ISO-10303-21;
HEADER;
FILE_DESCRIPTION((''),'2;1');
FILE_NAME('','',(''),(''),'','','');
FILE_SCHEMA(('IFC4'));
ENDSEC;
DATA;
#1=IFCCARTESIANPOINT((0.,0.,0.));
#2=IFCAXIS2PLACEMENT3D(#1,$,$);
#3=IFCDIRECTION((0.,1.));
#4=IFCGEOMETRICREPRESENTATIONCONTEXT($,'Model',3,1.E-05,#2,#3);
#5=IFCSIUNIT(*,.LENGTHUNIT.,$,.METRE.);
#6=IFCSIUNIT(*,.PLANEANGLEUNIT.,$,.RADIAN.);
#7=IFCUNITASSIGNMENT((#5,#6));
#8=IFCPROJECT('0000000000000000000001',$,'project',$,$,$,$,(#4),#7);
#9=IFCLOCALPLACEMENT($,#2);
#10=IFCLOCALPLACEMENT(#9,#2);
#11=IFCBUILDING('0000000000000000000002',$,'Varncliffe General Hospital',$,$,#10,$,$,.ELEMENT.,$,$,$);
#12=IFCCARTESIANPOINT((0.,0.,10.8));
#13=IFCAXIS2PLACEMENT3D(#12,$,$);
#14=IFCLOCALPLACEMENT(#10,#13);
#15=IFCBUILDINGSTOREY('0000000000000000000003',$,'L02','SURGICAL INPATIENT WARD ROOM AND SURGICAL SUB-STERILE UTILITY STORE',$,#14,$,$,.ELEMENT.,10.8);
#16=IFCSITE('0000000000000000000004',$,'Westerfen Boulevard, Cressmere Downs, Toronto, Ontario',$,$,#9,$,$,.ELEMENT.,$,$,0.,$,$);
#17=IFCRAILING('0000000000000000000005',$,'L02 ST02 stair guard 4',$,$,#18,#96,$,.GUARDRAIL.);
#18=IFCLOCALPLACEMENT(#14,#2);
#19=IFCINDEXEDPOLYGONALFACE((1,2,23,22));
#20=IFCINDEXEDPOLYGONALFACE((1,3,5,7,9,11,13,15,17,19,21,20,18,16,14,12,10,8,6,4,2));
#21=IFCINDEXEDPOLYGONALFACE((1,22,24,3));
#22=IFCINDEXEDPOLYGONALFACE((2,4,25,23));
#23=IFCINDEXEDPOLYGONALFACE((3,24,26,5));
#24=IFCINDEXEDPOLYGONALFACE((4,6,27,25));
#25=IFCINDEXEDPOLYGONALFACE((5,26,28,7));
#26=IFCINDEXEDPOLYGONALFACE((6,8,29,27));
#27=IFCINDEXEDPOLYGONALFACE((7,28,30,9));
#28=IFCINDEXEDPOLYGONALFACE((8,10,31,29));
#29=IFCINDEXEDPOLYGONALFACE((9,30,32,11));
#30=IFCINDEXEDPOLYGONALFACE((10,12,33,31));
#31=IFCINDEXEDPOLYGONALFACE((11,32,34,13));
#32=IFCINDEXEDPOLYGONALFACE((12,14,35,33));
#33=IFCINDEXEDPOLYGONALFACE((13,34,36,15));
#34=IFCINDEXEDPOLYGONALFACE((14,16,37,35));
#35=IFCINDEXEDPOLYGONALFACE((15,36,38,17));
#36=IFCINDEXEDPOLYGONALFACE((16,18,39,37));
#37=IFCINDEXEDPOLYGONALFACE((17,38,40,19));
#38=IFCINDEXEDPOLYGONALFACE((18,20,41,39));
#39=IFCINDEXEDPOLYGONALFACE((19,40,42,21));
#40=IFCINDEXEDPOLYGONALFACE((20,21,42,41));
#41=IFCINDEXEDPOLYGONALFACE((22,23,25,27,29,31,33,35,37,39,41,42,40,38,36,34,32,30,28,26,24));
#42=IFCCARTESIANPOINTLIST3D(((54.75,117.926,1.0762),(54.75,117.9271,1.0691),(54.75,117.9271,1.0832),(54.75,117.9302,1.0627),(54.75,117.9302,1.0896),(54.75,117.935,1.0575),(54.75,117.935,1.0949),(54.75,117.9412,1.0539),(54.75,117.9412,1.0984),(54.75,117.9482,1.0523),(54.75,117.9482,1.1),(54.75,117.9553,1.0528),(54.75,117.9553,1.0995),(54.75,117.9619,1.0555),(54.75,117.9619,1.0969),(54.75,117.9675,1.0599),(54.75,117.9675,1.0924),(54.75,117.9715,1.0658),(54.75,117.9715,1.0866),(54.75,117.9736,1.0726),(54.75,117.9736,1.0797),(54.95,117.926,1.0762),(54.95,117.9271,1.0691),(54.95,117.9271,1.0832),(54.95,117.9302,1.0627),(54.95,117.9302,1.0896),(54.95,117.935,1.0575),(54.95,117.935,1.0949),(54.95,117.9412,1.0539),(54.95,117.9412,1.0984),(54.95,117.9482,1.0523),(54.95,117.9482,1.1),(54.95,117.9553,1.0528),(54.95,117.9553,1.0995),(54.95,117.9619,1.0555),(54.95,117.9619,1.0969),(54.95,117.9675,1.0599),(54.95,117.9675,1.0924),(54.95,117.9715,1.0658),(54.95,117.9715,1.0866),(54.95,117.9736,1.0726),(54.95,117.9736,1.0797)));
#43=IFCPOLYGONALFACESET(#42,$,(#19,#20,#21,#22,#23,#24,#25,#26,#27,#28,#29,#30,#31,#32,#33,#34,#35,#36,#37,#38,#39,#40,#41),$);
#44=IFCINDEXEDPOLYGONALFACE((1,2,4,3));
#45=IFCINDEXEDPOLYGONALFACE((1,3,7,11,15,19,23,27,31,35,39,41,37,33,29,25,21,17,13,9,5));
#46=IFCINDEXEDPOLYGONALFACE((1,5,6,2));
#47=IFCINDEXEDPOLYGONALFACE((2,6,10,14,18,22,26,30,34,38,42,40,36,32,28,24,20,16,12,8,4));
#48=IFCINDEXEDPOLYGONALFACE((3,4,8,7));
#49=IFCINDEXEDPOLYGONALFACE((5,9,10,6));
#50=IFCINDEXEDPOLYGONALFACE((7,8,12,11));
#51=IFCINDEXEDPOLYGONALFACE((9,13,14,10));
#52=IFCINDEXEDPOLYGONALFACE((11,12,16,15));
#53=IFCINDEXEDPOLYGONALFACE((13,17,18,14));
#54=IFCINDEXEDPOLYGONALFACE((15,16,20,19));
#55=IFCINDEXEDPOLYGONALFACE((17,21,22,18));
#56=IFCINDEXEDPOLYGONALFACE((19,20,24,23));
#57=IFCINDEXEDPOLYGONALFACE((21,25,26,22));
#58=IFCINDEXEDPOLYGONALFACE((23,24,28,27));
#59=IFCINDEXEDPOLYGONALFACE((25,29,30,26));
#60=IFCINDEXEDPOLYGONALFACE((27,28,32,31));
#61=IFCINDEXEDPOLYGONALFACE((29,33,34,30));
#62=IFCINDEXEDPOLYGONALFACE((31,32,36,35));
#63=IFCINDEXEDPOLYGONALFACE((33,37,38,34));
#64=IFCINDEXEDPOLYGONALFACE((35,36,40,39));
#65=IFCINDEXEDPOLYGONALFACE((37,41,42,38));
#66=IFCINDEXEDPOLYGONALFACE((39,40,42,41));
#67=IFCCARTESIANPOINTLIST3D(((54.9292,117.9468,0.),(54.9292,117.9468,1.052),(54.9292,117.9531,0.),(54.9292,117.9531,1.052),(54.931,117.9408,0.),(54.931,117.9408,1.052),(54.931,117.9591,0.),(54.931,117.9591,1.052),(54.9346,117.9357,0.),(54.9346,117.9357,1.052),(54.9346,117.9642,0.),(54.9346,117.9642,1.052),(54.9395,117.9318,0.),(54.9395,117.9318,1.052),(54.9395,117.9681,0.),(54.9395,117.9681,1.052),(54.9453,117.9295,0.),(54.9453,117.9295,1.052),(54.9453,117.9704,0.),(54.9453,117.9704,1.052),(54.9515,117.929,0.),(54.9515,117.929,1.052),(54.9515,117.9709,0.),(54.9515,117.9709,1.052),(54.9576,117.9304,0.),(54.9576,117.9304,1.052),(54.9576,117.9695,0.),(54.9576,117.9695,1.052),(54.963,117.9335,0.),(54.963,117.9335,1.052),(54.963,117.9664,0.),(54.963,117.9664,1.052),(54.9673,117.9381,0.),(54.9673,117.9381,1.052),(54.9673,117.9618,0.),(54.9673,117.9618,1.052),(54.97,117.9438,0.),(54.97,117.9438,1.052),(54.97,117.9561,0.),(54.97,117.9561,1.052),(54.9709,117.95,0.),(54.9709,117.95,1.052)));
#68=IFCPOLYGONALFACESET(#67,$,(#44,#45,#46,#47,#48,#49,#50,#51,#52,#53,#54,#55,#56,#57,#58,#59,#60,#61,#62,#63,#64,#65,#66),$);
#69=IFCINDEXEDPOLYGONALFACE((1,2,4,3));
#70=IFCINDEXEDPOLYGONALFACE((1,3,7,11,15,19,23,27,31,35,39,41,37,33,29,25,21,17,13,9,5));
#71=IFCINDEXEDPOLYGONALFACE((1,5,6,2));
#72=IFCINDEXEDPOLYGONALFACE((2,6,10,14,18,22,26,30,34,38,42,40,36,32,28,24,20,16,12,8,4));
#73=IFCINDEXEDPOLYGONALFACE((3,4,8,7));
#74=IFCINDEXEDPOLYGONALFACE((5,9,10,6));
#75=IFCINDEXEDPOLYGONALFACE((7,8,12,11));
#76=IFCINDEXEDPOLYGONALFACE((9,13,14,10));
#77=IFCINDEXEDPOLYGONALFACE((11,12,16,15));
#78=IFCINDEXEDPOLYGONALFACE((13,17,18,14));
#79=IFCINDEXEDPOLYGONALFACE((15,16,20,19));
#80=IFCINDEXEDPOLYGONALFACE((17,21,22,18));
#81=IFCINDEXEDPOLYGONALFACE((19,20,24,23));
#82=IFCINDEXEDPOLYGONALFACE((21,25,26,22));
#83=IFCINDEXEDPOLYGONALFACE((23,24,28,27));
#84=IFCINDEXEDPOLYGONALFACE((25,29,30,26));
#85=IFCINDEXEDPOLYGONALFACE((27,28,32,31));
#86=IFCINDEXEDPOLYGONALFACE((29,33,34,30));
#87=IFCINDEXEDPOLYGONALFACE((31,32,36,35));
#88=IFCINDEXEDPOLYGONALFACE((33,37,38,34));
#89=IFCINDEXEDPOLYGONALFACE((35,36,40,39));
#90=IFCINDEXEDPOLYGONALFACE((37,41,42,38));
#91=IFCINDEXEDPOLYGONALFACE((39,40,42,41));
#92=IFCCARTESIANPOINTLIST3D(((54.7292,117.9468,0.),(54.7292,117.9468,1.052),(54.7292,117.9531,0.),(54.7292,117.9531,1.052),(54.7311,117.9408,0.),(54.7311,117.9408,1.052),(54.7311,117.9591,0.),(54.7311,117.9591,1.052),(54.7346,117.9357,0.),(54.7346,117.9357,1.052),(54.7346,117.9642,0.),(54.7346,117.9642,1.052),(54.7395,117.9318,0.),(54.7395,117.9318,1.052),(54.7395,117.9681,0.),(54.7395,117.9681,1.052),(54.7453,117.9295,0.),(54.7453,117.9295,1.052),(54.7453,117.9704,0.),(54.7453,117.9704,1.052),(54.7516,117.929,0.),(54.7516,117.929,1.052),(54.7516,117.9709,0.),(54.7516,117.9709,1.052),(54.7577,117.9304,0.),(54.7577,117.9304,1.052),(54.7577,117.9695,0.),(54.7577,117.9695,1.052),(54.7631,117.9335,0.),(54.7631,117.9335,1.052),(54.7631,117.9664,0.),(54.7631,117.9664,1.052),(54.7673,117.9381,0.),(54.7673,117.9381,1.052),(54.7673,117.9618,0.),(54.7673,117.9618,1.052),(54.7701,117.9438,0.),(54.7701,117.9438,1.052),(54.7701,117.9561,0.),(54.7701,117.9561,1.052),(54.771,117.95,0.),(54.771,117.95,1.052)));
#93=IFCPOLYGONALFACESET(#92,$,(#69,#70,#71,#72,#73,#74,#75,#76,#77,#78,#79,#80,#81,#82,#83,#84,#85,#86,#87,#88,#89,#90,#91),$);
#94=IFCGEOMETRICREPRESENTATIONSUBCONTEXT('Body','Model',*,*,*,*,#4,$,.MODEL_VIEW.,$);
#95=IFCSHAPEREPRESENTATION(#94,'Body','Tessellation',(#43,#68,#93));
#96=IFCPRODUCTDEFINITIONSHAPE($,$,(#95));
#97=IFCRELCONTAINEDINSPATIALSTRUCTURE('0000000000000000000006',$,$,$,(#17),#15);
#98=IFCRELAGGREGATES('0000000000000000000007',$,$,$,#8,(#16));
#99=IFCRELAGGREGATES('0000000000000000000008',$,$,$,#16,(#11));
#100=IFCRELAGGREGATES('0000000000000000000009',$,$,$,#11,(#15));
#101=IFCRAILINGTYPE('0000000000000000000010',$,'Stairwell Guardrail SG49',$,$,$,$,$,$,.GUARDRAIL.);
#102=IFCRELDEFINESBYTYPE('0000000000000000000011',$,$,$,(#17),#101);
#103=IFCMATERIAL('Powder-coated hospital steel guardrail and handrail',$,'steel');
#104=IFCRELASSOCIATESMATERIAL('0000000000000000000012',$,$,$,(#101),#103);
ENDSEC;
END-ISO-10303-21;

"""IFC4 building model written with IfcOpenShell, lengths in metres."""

from ifc_helpers import new_model, si_unit, direction, frame, origin, origin_2d, place, context, subcontext, project, spatial, circle, extrude, material, type_object, element, save


model = new_model("IFC4")

# Units and contexts
model_context = context("Model", 3, precision=1e-05, world=origin(), true_north=direction((0.0, 1.0)))
body_context = subcontext(model_context, "Body", "Model", "MODEL_VIEW")
ifc_project = project(units=[si_unit("LENGTHUNIT", "METRE"), si_unit("PLANEANGLEUNIT", "RADIAN")], contexts=[model_context])

# Site, building, storey
site_placement = place(None, origin())
site = spatial("IfcSite", under=ifc_project, at=site_placement, Name="Westerfen Boulevard, Cressmere Downs, Toronto, Ontario", CompositionType="ELEMENT", RefElevation=0.0)
building_placement = place(site_placement, origin())
building = spatial("IfcBuilding", under=site, at=building_placement, Name="Varncliffe General Hospital", CompositionType="ELEMENT")
storey_placement = place(building_placement, frame((0.0, 0.0, 10.8)))
storey = spatial("IfcBuildingStorey", under=building, at=storey_placement, Name="L02", Description="SURGICAL INPATIENT WARD ROOM AND SURGICAL SUB-STERILE UTILITY STORE", CompositionType="ELEMENT", Elevation=10.8)

# Railing
ifc_material_1 = material(Name="Powder-coated hospital steel guardrail and handrail", Category="steel")
railing_type_1 = type_object("IfcRailingType", Name="Stairwell Guardrail SG49", PredefinedType="GUARDRAIL", material=ifc_material_1)
railing_1_placement = place(storey_placement, frame((54.95, 117.95, 0.0)))
element("IfcRailing", 1, at=railing_1_placement, inside=storey, type_object=railing_type_1, Name="L02 ST02 stair guard 4", PredefinedType="GUARDRAIL", context=body_context, shape_type="SweptSolid", body=[
    extrude(circle(Radius=0.0239, at=origin_2d()), frame((0.0, 0.0, 1.0762), z_axis=(-1.0, 0.0, 0.0), x_axis=(0.0, -1.0, 0.0)), (0.0, 0.0, 1.0), 0.2),
    extrude(circle(Radius=0.021, at=origin_2d()), origin(), (0.0, 0.0, 1.0), 1.052),
    extrude(circle(Radius=0.021, at=origin_2d()), frame((-0.2, 0.0, 0.0)), (0.0, 0.0, 1.0), 1.052),
])

save(model, "model.ifc")
